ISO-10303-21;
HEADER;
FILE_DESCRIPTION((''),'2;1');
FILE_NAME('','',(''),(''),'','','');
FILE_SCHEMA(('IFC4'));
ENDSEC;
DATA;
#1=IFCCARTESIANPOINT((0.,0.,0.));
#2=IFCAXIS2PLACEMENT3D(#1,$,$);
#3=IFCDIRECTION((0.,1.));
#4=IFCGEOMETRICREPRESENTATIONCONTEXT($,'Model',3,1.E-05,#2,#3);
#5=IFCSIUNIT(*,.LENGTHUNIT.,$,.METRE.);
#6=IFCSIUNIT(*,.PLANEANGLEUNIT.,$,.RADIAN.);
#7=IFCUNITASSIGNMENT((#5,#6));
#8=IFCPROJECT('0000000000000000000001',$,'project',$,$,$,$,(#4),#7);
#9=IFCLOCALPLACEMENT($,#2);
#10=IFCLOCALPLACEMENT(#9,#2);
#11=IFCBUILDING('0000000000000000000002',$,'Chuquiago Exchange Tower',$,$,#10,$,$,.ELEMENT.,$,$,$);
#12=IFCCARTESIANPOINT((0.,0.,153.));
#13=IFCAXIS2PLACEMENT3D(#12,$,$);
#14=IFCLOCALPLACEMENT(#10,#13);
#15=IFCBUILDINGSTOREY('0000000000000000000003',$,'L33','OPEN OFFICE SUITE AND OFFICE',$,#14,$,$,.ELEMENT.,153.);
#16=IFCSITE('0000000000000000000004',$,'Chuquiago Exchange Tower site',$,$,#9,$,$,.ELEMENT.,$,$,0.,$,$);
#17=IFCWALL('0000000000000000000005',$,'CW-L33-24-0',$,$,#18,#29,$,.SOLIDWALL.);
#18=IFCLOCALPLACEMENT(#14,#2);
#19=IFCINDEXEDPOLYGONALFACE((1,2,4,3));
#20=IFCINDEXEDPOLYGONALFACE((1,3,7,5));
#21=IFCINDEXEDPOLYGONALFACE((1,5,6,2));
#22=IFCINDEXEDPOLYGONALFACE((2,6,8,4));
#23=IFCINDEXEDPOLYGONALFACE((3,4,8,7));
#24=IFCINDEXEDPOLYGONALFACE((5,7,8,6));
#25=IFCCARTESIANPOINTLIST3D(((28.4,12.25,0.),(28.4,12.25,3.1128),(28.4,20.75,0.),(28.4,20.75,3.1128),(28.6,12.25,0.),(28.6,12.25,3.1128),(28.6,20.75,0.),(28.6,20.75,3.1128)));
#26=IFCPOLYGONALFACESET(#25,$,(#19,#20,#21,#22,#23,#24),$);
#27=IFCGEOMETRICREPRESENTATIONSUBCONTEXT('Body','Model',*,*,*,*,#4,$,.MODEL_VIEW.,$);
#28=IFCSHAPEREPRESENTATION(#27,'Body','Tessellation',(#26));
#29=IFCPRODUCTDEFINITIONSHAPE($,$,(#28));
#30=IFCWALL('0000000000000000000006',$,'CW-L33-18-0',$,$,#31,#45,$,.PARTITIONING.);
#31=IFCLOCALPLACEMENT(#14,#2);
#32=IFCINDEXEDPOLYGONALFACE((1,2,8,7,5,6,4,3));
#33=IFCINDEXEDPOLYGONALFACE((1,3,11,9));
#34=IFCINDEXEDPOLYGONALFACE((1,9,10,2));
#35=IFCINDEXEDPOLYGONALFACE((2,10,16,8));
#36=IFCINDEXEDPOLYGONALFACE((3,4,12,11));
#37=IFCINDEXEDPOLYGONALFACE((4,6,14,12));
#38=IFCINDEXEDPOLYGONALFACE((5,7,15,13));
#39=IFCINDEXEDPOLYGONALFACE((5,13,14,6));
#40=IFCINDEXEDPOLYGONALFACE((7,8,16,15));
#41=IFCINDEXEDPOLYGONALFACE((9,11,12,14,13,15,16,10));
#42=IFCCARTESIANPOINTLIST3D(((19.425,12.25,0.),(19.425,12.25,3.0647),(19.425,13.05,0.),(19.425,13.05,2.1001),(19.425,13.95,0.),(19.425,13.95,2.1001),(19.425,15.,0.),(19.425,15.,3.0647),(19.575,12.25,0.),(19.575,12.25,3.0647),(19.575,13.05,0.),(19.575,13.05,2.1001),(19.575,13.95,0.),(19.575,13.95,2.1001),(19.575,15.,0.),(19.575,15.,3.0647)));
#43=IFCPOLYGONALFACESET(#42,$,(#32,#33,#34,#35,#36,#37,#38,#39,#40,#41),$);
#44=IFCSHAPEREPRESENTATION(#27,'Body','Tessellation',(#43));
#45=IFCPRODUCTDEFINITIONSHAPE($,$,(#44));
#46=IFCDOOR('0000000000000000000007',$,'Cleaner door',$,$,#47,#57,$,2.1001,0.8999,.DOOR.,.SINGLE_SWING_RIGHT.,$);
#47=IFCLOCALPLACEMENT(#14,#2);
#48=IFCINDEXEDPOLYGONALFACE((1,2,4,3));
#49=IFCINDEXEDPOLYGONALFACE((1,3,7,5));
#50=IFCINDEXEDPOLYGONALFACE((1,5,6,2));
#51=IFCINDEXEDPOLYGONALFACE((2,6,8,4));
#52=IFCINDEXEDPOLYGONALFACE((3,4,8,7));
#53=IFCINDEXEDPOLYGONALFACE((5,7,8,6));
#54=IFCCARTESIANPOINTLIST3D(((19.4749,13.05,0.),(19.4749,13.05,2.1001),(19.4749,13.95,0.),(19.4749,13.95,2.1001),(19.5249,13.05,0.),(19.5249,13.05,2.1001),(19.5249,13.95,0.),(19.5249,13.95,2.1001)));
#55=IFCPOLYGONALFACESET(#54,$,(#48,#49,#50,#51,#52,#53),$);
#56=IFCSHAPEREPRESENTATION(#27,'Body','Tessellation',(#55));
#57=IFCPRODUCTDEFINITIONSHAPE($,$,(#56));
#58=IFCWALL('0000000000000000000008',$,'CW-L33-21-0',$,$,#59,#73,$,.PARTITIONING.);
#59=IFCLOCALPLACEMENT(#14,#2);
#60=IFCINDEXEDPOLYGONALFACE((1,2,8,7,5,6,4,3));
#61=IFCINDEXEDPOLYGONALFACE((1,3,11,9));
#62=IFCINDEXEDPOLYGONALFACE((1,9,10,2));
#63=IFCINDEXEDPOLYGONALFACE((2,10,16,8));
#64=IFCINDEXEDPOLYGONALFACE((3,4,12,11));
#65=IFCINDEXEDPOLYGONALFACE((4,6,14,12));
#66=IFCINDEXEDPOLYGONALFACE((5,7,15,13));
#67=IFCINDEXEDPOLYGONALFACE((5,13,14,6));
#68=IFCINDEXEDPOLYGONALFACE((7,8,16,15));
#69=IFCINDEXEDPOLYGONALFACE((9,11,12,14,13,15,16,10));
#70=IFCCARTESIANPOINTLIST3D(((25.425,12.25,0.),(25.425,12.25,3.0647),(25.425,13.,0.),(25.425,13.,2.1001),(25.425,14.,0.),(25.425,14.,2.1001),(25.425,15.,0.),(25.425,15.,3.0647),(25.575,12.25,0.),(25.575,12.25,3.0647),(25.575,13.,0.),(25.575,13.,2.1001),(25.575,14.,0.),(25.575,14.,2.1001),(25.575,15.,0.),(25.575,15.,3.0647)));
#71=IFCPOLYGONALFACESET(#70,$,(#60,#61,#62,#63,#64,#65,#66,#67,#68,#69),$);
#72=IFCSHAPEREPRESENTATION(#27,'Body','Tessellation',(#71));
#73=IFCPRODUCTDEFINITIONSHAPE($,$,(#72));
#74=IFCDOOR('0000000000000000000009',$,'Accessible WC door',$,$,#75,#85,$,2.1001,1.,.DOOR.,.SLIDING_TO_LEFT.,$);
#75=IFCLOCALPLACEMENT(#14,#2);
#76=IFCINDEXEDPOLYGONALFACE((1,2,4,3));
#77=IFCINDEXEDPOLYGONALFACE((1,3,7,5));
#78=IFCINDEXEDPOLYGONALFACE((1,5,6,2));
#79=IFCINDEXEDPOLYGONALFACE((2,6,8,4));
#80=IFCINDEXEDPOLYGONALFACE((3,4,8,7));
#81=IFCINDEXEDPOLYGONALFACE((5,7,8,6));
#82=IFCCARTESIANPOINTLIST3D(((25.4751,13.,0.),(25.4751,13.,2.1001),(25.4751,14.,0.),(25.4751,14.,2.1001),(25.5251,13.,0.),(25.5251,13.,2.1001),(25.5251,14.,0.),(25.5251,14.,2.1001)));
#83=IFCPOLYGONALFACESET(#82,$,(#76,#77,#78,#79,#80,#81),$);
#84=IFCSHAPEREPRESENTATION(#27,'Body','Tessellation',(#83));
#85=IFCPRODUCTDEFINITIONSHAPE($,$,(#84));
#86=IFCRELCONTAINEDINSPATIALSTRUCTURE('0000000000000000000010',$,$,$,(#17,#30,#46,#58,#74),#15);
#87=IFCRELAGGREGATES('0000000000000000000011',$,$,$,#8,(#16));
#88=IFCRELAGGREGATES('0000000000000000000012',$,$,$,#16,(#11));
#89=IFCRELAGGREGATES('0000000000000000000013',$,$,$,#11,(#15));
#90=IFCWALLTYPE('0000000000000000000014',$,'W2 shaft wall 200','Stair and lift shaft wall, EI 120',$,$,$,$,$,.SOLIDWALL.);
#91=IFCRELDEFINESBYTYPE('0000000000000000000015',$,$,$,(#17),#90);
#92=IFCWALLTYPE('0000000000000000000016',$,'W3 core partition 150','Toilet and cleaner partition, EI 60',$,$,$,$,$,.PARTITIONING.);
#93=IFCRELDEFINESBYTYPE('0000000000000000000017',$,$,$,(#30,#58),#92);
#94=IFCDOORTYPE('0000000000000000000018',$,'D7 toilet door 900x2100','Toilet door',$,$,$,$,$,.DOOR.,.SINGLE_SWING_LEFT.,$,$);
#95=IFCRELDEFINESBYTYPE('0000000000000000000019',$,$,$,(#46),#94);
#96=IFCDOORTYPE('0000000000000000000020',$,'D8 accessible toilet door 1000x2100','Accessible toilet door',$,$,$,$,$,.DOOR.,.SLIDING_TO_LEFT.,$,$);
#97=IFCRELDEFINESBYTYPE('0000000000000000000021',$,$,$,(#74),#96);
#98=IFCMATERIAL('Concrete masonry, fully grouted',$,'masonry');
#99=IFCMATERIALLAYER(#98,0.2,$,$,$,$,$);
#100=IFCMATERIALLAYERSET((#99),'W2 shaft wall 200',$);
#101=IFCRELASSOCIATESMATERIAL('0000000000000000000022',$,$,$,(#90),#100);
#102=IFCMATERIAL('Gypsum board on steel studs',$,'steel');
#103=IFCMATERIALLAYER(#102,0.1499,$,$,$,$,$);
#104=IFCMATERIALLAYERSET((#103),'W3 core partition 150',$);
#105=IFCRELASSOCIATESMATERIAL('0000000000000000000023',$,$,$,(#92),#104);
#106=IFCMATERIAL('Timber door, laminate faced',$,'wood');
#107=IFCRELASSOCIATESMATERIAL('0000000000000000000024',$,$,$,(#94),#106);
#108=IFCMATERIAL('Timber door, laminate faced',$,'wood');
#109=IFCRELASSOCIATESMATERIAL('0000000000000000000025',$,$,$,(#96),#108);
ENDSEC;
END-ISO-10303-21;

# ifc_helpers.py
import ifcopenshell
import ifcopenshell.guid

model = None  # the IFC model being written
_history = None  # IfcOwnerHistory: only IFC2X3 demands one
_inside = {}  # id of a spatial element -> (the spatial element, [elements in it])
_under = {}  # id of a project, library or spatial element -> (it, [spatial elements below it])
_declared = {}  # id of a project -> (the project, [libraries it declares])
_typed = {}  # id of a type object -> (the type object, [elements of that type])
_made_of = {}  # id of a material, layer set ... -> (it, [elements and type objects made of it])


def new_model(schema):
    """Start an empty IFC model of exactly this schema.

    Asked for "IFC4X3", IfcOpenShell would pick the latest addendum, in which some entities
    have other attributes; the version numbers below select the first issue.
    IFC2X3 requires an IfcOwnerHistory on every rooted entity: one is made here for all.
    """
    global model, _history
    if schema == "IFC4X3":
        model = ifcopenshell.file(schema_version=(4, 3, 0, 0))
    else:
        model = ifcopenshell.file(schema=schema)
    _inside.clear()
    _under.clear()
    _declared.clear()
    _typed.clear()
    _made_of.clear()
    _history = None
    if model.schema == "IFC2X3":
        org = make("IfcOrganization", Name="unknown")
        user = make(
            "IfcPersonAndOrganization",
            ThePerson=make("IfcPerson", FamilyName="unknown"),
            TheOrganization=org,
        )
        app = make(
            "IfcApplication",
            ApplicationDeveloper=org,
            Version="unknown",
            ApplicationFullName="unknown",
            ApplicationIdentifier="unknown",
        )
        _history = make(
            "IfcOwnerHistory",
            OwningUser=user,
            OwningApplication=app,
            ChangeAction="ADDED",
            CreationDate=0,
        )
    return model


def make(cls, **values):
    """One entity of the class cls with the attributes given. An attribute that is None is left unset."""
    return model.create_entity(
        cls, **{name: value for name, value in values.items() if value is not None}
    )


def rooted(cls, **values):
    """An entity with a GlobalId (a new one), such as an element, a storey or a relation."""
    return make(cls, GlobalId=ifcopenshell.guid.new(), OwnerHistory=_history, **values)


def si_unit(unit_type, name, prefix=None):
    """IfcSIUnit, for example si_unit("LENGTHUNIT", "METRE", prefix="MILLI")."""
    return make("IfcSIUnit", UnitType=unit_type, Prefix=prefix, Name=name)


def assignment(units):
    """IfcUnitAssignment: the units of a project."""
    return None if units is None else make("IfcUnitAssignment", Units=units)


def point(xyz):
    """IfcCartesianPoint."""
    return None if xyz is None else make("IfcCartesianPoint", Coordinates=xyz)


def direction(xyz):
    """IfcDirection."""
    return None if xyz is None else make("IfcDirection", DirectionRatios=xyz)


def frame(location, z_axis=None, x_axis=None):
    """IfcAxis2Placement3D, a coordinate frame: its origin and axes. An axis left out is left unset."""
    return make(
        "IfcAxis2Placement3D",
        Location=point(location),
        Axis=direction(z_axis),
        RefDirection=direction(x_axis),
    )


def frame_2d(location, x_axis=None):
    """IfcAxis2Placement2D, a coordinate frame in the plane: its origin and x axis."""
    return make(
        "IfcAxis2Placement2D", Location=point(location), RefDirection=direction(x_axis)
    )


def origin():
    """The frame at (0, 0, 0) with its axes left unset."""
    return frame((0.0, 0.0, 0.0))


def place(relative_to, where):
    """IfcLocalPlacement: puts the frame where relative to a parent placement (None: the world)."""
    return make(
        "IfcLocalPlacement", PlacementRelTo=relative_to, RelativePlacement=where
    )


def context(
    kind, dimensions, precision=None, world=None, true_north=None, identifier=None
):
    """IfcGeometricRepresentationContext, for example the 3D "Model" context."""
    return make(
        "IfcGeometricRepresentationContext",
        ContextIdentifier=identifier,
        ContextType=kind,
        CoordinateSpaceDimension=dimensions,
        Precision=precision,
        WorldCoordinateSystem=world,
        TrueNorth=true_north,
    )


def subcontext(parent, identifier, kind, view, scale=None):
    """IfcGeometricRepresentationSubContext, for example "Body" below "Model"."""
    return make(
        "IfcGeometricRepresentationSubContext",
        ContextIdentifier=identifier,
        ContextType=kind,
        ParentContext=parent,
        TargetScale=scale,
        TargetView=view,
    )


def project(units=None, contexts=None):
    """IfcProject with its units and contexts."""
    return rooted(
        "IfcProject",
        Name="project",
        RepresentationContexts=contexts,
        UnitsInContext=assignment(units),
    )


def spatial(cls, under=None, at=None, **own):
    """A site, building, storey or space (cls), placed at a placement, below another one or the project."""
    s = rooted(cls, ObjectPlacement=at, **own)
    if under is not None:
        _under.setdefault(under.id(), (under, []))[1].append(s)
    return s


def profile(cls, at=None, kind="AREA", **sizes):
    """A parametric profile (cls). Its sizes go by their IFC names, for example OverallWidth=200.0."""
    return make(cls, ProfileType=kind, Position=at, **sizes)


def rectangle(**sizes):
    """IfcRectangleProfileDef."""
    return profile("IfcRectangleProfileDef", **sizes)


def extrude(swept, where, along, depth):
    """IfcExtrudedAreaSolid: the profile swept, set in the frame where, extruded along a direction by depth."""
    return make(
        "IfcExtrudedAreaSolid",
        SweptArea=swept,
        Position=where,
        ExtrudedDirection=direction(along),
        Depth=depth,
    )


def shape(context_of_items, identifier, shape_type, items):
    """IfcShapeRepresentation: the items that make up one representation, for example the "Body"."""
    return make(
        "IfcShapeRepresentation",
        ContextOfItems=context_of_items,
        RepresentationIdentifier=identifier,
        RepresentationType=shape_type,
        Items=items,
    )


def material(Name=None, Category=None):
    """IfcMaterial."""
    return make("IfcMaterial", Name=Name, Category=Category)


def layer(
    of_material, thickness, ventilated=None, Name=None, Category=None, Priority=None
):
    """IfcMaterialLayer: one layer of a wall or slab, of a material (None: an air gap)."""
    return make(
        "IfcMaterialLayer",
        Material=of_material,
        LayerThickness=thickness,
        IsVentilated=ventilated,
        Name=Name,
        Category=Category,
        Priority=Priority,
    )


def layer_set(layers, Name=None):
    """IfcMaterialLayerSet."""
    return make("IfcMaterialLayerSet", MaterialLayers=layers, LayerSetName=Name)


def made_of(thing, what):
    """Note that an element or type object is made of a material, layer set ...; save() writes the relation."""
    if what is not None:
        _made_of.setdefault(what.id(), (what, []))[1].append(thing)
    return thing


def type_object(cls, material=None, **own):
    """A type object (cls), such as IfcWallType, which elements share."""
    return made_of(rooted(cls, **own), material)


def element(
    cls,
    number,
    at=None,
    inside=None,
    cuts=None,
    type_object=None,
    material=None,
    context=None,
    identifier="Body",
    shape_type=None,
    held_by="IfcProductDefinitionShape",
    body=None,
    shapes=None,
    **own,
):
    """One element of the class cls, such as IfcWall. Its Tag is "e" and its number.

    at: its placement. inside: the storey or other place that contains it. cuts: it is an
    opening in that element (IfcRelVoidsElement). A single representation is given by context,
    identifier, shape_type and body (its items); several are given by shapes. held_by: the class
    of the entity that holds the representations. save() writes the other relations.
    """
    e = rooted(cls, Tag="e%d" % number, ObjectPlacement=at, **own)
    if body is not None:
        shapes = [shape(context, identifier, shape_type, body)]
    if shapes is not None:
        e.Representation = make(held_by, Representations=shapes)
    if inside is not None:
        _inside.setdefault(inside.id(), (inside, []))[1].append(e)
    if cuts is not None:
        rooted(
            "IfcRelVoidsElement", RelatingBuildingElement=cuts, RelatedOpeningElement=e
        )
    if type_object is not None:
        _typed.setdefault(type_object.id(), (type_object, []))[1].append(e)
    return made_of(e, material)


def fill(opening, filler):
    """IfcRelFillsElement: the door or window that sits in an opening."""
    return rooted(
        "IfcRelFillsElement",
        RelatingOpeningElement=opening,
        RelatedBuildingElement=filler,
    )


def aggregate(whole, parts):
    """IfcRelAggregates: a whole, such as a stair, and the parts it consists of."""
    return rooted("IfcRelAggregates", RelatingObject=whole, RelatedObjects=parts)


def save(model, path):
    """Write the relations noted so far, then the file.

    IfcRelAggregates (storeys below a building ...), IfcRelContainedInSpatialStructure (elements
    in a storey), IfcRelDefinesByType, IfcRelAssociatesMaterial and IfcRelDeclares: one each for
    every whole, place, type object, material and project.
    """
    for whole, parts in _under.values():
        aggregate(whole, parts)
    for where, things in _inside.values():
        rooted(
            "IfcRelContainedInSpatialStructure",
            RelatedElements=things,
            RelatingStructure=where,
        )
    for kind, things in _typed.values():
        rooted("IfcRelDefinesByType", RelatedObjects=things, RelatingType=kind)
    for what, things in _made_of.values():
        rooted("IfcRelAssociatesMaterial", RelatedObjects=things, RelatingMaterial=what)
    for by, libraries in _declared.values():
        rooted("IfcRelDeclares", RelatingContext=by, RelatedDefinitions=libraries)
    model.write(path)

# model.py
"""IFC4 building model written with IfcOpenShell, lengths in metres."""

from ifc_helpers import new_model, si_unit, direction, frame, frame_2d, origin, place, context, subcontext, project, spatial, rectangle, extrude, material, layer, layer_set, type_object, element, fill, save


model = new_model("IFC4")

# Units and contexts
model_context = context("Model", 3, precision=1e-05, world=origin(), true_north=direction((0.0, 1.0)))
body_context = subcontext(model_context, "Body", "Model", "MODEL_VIEW")
ifc_project = project(units=[si_unit("LENGTHUNIT", "METRE"), si_unit("PLANEANGLEUNIT", "RADIAN")], contexts=[model_context])

# Site, building, storey
site_placement = place(None, origin())
site = spatial("IfcSite", under=ifc_project, at=site_placement, Name="Chuquiago Exchange Tower site", CompositionType="ELEMENT", RefElevation=0.0)
building_placement = place(site_placement, origin())
building = spatial("IfcBuilding", under=site, at=building_placement, Name="Chuquiago Exchange Tower", CompositionType="ELEMENT")
storey_placement = place(building_placement, frame((0.0, 0.0, 153.0)))
storey = spatial("IfcBuildingStorey", under=building, at=storey_placement, Name="L33", Description="OPEN OFFICE SUITE AND OFFICE", CompositionType="ELEMENT", Elevation=153.0)

# Shared definitions
ifc_material_1 = material(Name="Concrete masonry, fully grouted", Category="masonry")
ifc_layer_1 = layer(ifc_material_1, 0.2)
ifc_layer_set_1 = layer_set([ifc_layer_1], Name="W2 shaft wall 200")
wall_type_1 = type_object("IfcWallType", Name="W2 shaft wall 200", Description="Stair and lift shaft wall, EI 120", PredefinedType="SOLIDWALL", material=ifc_layer_set_1)

# Wall
wall_1_placement = place(storey_placement, frame((28.5, 12.25, 0.0), z_axis=(0.0, 0.0, 1.0), x_axis=(0.0, 1.0, 0.0)))
element("IfcWall", 1, at=wall_1_placement, inside=storey, type_object=wall_type_1, Name="CW-L33-24-0", PredefinedType="SOLIDWALL", context=body_context, shape_type="SweptSolid", body=[
    extrude(rectangle(XDim=8.5, YDim=0.2, at=frame_2d((4.25, 0.0))), origin(), (0.0, 0.0, 1.0), 3.1128),
])

# Walls, openings, doors
ifc_material_2 = material(Name="Gypsum board on steel studs", Category="steel")
ifc_layer_2 = layer(ifc_material_2, 0.1499)
ifc_layer_set_2 = layer_set([ifc_layer_2], Name="W3 core partition 150")
wall_type_2 = type_object("IfcWallType", Name="W3 core partition 150", Description="Toilet and cleaner partition, EI 60", PredefinedType="PARTITIONING", material=ifc_layer_set_2)
wall_2_placement = place(storey_placement, frame((19.5, 12.25, 0.0), z_axis=(0.0, 0.0, 1.0), x_axis=(0.0, 1.0, 0.0)))
wall_2 = element("IfcWall", 2, at=wall_2_placement, inside=storey, type_object=wall_type_2, Name="CW-L33-18-0", PredefinedType="PARTITIONING", context=body_context, shape_type="SweptSolid", body=[
    extrude(rectangle(XDim=2.75, YDim=0.1499, at=frame_2d((1.375, 0.0))), origin(), (0.0, 0.0, 1.0), 3.0647),
])
opening_1_placement = place(wall_2_placement, frame((0.8, 0.0, 0.0)))
opening_1 = element("IfcOpeningElement", 3, at=opening_1_placement, cuts=wall_2, PredefinedType="OPENING", context=body_context, shape_type="SweptSolid", body=[
    extrude(rectangle(XDim=0.8999, YDim=2.1001, at=frame_2d((0.45, 1.05))), frame((0.0, 0.085, 0.0), z_axis=(0.0, -1.0, 0.0), x_axis=(1.0, 0.0, 0.0)), (0.0, 0.0, 1.0), 0.1699),
])
ifc_material_3 = material(Name="Timber door, laminate faced", Category="wood")
door_type_1 = type_object("IfcDoorType", Name="D7 toilet door 900x2100", Description="Toilet door", OperationType="SINGLE_SWING_LEFT", PredefinedType="DOOR", material=ifc_material_3)
door_1_placement = place(opening_1_placement, frame((0.8999, 0.0, 0.0), z_axis=(0.0, 0.0, 1.0), x_axis=(-1.0, 0.0, 0.0)))
door_1 = element("IfcDoor", 4, at=door_1_placement, inside=storey, type_object=door_type_1, Name="Cleaner door", OperationType="SINGLE_SWING_RIGHT", OverallHeight=2.1001, OverallWidth=0.8999, PredefinedType="DOOR", context=body_context, shape_type="SweptSolid", body=[
    extrude(rectangle(XDim=0.8999, YDim=2.1001, at=frame_2d((0.45, 1.05))), frame((0.0, 0.0249, 0.0), z_axis=(0.0, -1.0, 0.0), x_axis=(1.0, 0.0, 0.0)), (0.0, 0.0, 1.0), 0.05),
])
fill(opening_1, door_1)
wall_3_placement = place(storey_placement, frame((25.5, 12.25, 0.0), z_axis=(0.0, 0.0, 1.0), x_axis=(0.0, 1.0, 0.0)))
wall_3 = element("IfcWall", 5, at=wall_3_placement, inside=storey, type_object=wall_type_2, Name="CW-L33-21-0", PredefinedType="PARTITIONING", context=body_context, shape_type="SweptSolid", body=[
    extrude(rectangle(XDim=2.75, YDim=0.1499, at=frame_2d((1.375, 0.0))), origin(), (0.0, 0.0, 1.0), 3.0647),
])
opening_2_placement = place(wall_3_placement, frame((0.75, 0.0, 0.0)))
opening_2 = element("IfcOpeningElement", 6, at=opening_2_placement, cuts=wall_3, PredefinedType="OPENING", context=body_context, shape_type="SweptSolid", body=[
    extrude(rectangle(XDim=1.0, YDim=2.1001, at=frame_2d((0.5, 1.05))), frame((0.0, 0.085, 0.0), z_axis=(0.0, -1.0, 0.0), x_axis=(1.0, 0.0, 0.0)), (0.0, 0.0, 1.0), 0.1699),
])
ifc_material_4 = material(Name="Timber door, laminate faced", Category="wood")
door_type_2 = type_object("IfcDoorType", Name="D8 accessible toilet door 1000x2100", Description="Accessible toilet door", OperationType="SLIDING_TO_LEFT", PredefinedType="DOOR", material=ifc_material_4)
door_2_placement = place(opening_2_placement, origin())
door_2 = element("IfcDoor", 7, at=door_2_placement, inside=storey, type_object=door_type_2, Name="Accessible WC door", OperationType="SLIDING_TO_LEFT", OverallHeight=2.1001, OverallWidth=1.0, PredefinedType="DOOR", context=body_context, shape_type="SweptSolid", body=[
    extrude(rectangle(XDim=1.0, YDim=2.1001, at=frame_2d((0.5, 1.05))), frame((0.0, 0.0249, 0.0), z_axis=(0.0, -1.0, 0.0), x_axis=(1.0, 0.0, 0.0)), (0.0, 0.0, 1.0), 0.05),
])
fill(opening_2, door_2)

save(model, "model.ifc")
